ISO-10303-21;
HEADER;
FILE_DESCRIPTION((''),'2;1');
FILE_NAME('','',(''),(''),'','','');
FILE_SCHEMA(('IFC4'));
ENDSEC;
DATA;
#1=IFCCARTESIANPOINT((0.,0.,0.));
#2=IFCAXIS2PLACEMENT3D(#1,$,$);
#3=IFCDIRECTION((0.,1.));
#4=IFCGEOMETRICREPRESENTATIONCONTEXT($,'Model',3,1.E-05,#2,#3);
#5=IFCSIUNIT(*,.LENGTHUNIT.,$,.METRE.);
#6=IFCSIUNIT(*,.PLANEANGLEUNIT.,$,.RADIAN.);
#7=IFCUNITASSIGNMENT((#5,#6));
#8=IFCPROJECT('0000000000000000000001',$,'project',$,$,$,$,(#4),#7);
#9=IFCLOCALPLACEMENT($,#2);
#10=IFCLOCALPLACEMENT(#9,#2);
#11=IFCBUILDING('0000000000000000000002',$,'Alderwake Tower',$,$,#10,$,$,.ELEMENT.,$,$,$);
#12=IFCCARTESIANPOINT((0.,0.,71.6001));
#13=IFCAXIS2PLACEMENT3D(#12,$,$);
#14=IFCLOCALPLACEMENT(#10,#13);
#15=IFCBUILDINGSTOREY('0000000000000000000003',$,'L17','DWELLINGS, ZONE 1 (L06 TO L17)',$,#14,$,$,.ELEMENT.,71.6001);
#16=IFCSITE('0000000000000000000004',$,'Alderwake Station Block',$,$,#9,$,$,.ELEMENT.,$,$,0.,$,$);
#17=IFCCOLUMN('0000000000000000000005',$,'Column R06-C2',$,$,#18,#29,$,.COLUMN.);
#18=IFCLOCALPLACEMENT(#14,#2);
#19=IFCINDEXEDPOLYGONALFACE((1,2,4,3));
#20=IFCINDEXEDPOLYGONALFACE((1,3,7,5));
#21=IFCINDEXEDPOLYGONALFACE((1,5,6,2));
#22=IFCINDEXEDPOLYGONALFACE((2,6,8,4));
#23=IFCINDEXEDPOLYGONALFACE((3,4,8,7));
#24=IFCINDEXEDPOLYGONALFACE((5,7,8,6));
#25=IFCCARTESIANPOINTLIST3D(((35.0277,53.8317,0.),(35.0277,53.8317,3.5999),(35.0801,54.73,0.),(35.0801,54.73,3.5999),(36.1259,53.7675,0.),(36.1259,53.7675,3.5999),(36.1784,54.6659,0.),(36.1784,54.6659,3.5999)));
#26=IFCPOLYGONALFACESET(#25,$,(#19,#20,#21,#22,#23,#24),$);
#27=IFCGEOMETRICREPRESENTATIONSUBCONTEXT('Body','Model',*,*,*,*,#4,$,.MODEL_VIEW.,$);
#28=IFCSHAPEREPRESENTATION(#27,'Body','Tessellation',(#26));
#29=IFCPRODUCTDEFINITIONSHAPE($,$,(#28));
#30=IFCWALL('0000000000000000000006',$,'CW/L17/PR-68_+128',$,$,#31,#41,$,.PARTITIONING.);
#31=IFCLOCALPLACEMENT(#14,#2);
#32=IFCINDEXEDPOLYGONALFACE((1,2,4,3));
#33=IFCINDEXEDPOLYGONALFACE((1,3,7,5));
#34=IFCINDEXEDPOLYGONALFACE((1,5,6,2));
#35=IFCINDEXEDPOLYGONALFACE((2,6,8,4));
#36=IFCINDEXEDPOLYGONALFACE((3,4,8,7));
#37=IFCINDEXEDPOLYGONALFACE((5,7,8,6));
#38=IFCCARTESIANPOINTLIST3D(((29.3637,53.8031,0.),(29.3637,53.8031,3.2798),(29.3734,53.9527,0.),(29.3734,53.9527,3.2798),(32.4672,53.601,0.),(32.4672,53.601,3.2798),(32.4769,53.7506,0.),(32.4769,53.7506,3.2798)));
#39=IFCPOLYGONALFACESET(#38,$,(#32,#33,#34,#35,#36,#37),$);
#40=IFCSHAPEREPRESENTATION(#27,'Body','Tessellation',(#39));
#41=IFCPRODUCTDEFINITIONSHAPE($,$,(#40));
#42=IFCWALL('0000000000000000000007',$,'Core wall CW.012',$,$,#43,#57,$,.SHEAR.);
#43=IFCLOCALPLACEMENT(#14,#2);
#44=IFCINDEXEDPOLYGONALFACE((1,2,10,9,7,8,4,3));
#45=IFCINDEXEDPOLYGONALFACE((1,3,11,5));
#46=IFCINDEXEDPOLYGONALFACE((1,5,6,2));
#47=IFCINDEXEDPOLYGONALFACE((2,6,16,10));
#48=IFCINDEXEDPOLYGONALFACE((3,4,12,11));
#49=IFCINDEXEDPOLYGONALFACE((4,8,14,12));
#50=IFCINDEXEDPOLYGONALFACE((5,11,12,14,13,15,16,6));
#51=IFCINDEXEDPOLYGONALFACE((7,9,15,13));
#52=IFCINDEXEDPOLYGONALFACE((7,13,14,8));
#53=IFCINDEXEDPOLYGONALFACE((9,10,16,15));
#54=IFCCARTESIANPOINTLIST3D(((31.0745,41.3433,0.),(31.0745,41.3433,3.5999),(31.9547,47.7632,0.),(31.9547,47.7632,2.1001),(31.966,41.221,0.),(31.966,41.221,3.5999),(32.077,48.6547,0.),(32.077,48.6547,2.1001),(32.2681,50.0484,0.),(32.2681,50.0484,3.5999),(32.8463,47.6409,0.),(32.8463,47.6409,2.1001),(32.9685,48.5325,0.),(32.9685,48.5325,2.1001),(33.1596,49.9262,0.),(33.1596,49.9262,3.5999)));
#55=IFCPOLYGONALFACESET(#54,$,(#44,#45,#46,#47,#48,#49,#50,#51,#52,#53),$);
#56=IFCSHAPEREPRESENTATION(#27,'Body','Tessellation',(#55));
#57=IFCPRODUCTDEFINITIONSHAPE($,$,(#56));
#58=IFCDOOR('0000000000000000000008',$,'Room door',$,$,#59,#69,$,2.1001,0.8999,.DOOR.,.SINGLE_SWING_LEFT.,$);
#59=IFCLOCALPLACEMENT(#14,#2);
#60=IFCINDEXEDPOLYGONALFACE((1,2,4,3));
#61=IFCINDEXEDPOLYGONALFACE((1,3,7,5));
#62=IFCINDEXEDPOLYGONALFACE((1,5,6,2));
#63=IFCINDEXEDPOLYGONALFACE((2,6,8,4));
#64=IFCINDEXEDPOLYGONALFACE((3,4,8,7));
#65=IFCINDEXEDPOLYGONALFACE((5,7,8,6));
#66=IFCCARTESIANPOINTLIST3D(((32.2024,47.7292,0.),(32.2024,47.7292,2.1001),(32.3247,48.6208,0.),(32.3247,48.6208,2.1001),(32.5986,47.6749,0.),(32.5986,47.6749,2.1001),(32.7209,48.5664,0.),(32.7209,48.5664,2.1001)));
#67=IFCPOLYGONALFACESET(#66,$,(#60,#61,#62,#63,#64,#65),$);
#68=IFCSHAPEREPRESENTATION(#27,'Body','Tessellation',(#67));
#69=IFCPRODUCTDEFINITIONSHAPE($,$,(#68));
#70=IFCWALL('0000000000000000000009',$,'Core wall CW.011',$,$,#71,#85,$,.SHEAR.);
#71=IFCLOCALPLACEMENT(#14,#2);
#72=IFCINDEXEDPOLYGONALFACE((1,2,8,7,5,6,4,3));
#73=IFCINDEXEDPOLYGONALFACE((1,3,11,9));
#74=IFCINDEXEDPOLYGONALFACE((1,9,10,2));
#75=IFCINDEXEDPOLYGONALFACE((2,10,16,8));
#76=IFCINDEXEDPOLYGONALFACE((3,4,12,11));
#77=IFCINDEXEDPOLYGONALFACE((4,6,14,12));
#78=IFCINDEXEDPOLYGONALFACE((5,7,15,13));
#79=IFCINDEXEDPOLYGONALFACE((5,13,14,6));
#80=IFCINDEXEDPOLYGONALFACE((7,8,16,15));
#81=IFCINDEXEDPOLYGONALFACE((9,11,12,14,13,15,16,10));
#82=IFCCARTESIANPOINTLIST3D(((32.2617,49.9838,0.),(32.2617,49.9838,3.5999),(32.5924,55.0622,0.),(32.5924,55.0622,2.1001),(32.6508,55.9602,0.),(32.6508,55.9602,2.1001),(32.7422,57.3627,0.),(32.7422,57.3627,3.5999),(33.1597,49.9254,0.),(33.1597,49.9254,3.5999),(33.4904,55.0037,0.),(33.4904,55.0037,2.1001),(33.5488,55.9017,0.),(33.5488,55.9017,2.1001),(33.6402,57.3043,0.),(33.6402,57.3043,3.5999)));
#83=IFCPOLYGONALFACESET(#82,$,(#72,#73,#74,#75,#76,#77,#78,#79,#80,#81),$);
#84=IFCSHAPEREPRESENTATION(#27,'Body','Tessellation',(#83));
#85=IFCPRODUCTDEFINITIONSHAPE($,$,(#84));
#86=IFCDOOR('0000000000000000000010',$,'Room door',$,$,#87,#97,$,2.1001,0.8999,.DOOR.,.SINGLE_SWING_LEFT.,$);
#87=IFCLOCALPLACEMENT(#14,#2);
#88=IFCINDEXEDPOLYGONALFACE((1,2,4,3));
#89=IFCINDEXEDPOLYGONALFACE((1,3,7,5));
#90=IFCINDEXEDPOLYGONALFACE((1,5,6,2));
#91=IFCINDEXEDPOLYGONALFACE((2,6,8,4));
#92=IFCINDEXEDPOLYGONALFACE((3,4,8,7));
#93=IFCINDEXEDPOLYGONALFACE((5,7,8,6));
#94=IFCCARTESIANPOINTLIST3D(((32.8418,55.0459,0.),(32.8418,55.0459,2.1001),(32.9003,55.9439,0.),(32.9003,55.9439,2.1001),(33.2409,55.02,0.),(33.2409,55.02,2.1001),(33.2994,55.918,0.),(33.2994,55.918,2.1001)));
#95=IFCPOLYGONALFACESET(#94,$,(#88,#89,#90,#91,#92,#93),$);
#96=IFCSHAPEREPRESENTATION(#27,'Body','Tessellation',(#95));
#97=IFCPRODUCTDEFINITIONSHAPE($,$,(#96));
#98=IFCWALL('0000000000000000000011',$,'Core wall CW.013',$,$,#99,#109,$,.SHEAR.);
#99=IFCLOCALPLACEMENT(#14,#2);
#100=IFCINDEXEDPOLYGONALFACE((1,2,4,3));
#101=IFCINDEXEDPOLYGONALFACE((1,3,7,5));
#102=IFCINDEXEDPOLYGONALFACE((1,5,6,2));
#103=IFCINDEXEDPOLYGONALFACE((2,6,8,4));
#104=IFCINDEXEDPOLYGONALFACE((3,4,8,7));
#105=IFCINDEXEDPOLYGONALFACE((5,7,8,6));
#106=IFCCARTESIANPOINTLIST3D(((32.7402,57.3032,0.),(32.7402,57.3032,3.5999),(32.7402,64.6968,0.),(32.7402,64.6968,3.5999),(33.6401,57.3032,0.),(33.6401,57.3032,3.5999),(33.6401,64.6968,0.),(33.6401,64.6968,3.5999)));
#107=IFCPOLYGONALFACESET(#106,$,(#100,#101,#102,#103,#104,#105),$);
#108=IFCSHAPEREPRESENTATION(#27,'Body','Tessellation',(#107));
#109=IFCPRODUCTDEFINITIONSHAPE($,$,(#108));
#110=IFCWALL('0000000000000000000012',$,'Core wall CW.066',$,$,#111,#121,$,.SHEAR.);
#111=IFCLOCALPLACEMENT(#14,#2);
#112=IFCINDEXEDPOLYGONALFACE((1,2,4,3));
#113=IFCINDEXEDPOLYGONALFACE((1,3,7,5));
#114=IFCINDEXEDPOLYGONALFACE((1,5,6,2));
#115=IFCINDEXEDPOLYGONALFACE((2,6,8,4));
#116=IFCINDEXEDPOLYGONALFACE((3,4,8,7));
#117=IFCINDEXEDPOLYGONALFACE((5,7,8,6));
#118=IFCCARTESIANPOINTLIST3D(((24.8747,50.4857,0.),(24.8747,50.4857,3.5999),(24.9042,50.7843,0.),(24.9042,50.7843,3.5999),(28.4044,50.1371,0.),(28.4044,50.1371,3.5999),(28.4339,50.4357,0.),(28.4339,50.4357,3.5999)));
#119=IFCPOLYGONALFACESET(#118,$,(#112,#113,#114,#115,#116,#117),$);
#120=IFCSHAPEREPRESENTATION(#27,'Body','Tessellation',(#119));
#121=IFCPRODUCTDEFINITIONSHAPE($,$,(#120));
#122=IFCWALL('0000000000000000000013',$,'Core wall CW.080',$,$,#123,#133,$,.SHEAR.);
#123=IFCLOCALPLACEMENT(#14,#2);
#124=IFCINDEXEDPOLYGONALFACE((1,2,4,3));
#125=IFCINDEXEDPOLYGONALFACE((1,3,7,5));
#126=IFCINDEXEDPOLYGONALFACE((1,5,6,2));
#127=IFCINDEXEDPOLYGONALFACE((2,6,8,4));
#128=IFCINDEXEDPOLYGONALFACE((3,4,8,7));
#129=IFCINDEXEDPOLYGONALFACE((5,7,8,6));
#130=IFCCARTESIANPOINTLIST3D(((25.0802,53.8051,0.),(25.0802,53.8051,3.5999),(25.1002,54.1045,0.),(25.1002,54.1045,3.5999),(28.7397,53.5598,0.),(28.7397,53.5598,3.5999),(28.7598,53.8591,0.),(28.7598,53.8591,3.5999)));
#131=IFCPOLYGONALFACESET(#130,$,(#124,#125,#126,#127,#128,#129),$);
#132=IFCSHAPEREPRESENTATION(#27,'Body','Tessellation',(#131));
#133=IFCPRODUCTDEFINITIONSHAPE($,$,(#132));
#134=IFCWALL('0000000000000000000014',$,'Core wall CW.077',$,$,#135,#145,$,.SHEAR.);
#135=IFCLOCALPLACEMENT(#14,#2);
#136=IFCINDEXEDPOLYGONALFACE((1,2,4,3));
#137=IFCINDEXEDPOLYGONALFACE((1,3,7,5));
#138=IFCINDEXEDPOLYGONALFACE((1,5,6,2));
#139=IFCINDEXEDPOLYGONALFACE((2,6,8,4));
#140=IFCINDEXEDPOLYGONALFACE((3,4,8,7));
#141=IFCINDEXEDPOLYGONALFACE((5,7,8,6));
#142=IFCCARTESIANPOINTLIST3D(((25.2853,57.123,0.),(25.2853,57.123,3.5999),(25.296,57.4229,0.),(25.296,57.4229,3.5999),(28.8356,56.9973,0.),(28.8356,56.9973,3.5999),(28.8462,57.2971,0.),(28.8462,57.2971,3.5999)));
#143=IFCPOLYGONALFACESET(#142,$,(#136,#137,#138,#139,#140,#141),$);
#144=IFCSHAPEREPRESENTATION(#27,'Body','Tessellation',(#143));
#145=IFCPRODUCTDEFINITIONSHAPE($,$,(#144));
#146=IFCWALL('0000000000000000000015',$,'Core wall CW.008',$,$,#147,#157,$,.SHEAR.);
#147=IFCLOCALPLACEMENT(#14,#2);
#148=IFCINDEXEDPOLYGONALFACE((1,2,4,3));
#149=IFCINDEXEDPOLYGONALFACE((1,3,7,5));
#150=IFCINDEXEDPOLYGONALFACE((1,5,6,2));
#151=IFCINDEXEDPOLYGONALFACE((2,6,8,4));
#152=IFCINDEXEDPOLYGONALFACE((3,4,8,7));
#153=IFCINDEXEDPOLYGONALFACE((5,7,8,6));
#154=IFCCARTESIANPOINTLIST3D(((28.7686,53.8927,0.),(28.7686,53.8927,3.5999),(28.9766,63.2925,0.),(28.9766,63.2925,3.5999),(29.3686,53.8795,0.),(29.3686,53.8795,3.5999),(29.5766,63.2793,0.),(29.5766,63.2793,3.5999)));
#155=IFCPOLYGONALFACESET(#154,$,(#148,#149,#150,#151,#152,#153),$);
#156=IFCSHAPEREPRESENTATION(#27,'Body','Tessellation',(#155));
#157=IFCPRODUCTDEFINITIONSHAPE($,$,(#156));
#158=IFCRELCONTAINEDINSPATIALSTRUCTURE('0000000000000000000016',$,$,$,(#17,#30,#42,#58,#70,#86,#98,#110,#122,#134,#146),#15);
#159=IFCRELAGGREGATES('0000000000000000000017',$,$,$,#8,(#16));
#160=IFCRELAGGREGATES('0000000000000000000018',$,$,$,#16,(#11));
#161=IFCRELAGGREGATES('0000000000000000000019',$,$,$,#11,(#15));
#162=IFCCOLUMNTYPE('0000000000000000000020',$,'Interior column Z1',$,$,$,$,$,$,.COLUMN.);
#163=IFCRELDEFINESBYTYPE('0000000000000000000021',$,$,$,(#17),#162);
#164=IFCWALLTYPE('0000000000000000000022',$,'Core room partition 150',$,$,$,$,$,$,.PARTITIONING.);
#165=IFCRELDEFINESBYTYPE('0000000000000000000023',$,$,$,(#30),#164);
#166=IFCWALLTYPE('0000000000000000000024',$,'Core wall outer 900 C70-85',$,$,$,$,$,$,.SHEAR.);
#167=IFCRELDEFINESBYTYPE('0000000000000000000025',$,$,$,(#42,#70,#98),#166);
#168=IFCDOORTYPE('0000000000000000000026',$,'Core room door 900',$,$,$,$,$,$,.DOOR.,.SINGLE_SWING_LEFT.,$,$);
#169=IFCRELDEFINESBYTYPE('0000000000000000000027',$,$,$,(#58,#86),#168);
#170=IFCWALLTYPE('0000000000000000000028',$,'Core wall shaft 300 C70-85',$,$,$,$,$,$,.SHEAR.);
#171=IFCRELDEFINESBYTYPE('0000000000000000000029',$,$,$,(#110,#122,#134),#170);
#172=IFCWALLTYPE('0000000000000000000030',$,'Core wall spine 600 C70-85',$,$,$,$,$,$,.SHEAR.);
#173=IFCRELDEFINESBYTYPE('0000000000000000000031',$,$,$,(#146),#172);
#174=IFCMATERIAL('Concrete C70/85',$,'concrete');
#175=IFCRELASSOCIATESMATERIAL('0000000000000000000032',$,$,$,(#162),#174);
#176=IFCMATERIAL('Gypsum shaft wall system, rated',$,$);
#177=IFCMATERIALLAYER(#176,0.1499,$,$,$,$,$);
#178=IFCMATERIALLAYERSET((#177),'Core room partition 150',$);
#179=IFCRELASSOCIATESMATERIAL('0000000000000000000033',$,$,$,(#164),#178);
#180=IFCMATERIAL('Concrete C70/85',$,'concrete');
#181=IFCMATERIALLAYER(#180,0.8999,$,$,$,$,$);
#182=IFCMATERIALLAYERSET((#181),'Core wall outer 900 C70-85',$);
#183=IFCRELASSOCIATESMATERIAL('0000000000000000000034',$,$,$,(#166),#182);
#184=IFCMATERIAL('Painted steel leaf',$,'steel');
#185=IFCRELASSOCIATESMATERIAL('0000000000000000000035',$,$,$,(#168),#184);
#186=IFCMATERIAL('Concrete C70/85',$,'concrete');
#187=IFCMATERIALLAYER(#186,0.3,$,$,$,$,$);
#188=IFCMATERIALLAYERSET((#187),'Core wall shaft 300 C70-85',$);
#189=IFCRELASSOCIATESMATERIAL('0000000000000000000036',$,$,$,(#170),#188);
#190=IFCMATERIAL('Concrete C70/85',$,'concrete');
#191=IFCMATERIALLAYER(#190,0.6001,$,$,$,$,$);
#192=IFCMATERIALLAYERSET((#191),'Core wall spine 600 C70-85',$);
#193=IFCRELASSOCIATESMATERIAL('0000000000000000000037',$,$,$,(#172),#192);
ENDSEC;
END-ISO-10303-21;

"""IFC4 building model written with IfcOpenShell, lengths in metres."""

from ifc_helpers import new_model, si_unit, direction, frame, frame_2d, origin, origin_2d, place, context, subcontext, project, spatial, rectangle, extrude, material, layer, layer_set, material_profile, profile_set, type_object, element, fill, save


model = new_model("IFC4")

# Units and contexts
model_context = context("Model", 3, precision=1e-05, world=origin(), true_north=direction((0.0, 1.0)))
body_context = subcontext(model_context, "Body", "Model", "MODEL_VIEW")
ifc_project = project(units=[si_unit("LENGTHUNIT", "METRE"), si_unit("PLANEANGLEUNIT", "RADIAN")], contexts=[model_context])

# Site, building, storey
site_placement = place(None, origin())
site = spatial("IfcSite", under=ifc_project, at=site_placement, Name="Alderwake Station Block", CompositionType="ELEMENT", RefElevation=0.0)
building_placement = place(site_placement, origin())
building = spatial("IfcBuilding", under=site, at=building_placement, Name="Alderwake Tower", CompositionType="ELEMENT")
storey_placement = place(building_placement, frame((0.0, 0.0, 71.6001)))
storey = spatial("IfcBuildingStorey", under=building, at=storey_placement, Name="L17", Description="DWELLINGS, ZONE 1 (L06 TO L17)", CompositionType="ELEMENT", Elevation=71.6001)

# Column
ifc_material_1 = material(Name="Concrete C70/85", Category="concrete")
ifc_material_profile = material_profile(ifc_material_1, rectangle(XDim=0.8999, YDim=1.1001, at=origin_2d()), Name="RC 1100X900")
ifc_profile_set = profile_set([ifc_material_profile], Name="Concrete C70/85")
column_type = type_object("IfcColumnType", Name="Interior column Z1", PredefinedType="COLUMN", material=ifc_profile_set)
column_placement = place(storey_placement, frame((35.603, 54.2488, 0.0), z_axis=(0.0, 0.0, 1.0), x_axis=(0.058301, 0.998299, 0.0)))
element("IfcColumn", 1, at=column_placement, inside=storey, type_object=column_type, Name="Column R06-C2", PredefinedType="COLUMN", context=body_context, shape_type="SweptSolid", body=[
    extrude(rectangle(XDim=0.8999, YDim=1.1001, at=origin_2d()), origin(), (0.0, 0.0, 1.0), 3.5999),
])

# Wall
ifc_material_2 = material(Name="Gypsum shaft wall system, rated")
ifc_layer_1 = layer(ifc_material_2, 0.1499)
ifc_layer_set_1 = layer_set([ifc_layer_1], Name="Core room partition 150")
wall_type_1 = type_object("IfcWallType", Name="Core room partition 150", PredefinedType="PARTITIONING", material=ifc_layer_set_1)
wall_1_placement = place(storey_placement, frame((29.3684, 53.8779, 0.0), z_axis=(0.0, 0.0, 1.0), x_axis=(0.997885, -0.064998, 0.0)))
element("IfcWall", 2, at=wall_1_placement, inside=storey, type_object=wall_type_1, Name="CW/L17/PR-68_+128", PredefinedType="PARTITIONING", context=body_context, shape_type="SweptSolid", body=[
    extrude(rectangle(XDim=3.1101, YDim=0.1499, at=frame_2d((1.5552, 0.0))), origin(), (0.0, 0.0, 1.0), 3.2798),
])

# Walls, openings, doors
ifc_material_3 = material(Name="Concrete C70/85", Category="concrete")
ifc_layer_2 = layer(ifc_material_3, 0.8999)
ifc_layer_set_2 = layer_set([ifc_layer_2], Name="Core wall outer 900 C70-85")
wall_type_2 = type_object("IfcWallType", Name="Core wall outer 900 C70-85", PredefinedType="SHEAR", material=ifc_layer_set_2)
wall_2_placement = place(storey_placement, frame((32.7139, 49.9873, 0.0), z_axis=(0.0, 0.0, 1.0), x_axis=(-0.135845, -0.99073, 0.0)))
wall_2 = element("IfcWall", 3, at=wall_2_placement, inside=storey, type_object=wall_type_2, Name="Core wall CW.012", PredefinedType="SHEAR", context=body_context, shape_type="SweptSolid", body=[
    extrude(rectangle(XDim=8.7866, YDim=0.8999, at=frame_2d((4.3933, 0.0))), origin(), (0.0, 0.0, 1.0), 3.5999),
])
opening_1_placement = place(wall_2_placement, frame((1.4067, 0.0, 0.0)))
opening_1 = element("IfcOpeningElement", 4, at=opening_1_placement, cuts=wall_2, PredefinedType="OPENING", context=body_context, shape_type="SweptSolid", body=[
    extrude(rectangle(XDim=0.8999, YDim=2.1001, at=frame_2d((0.45, 1.05))), frame((0.0, 0.46, 0.0), z_axis=(0.0, -1.0, 0.0), x_axis=(1.0, 0.0, 0.0)), (0.0, 0.0, 1.0), 0.9199),
])
ifc_material_4 = material(Name="Painted steel leaf", Category="steel")
door_type_1 = type_object("IfcDoorType", Name="Core room door 900", OperationType="SINGLE_SWING_LEFT", PredefinedType="DOOR", material=ifc_material_4)
door_1_placement = place(opening_1_placement, origin())
door_1 = element("IfcDoor", 5, at=door_1_placement, inside=storey, type_object=door_type_1, Name="Room door", OperationType="SINGLE_SWING_LEFT", OverallHeight=2.1001, OverallWidth=0.8999, PredefinedType="DOOR", context=body_context, shape_type="SweptSolid", body=[
    extrude(rectangle(XDim=0.8999, YDim=2.1001, at=frame_2d((0.45, 1.05))), frame((0.0, 0.2, 0.0), z_axis=(0.0, -1.0, 0.0), x_axis=(1.0, 0.0, 0.0)), (0.0, 0.0, 1.0), 0.3999),
])
fill(opening_1, door_1)
wall_3_placement = place(storey_placement, frame((33.1912, 57.3335, 0.0), z_axis=(0.0, 0.0, 1.0), x_axis=(-0.064976, -0.997887, 0.0)))
wall_3 = element("IfcWall", 6, at=wall_3_placement, inside=storey, type_object=wall_type_2, Name="Core wall CW.011", PredefinedType="SHEAR", context=body_context, shape_type="SweptSolid", body=[
    extrude(rectangle(XDim=7.3945, YDim=0.8999, at=frame_2d((3.6973, 0.0))), origin(), (0.0, 0.0, 1.0), 3.5999),
])
opening_2_placement = place(wall_3_placement, frame((1.4055, 0.0, 0.0)))
opening_2 = element("IfcOpeningElement", 7, at=opening_2_placement, cuts=wall_3, PredefinedType="OPENING", context=body_context, shape_type="SweptSolid", body=[
    extrude(rectangle(XDim=0.8999, YDim=2.1001, at=frame_2d((0.45, 1.05))), frame((0.0, 0.46, 0.0), z_axis=(0.0, -1.0, 0.0), x_axis=(1.0, 0.0, 0.0)), (0.0, 0.0, 1.0), 0.9199),
])
door_2_placement = place(opening_2_placement, origin())
door_2 = element("IfcDoor", 8, at=door_2_placement, inside=storey, type_object=door_type_1, Name="Room door", OperationType="SINGLE_SWING_LEFT", OverallHeight=2.1001, OverallWidth=0.8999, PredefinedType="DOOR", context=body_context, shape_type="SweptSolid", body=[
    extrude(rectangle(XDim=0.8999, YDim=2.1001, at=frame_2d((0.45, 1.05))), frame((0.0, 0.2, 0.0), z_axis=(0.0, -1.0, 0.0), x_axis=(1.0, 0.0, 0.0)), (0.0, 0.0, 1.0), 0.3999),
])
fill(opening_2, door_2)

# Walls
wall_4_placement = place(storey_placement, frame((33.1902, 57.3032, 0.0), z_axis=(0.0, 0.0, 1.0), x_axis=(0.0, 1.0, 0.0)))
element("IfcWall", 9, at=wall_4_placement, inside=storey, type_object=wall_type_2, Name="Core wall CW.013", PredefinedType="SHEAR", context=body_context, shape_type="SweptSolid", body=[
    extrude(rectangle(XDim=7.3936, YDim=0.8999, at=frame_2d((3.6968, 0.0))), origin(), (0.0, 0.0, 1.0), 3.5999),
])
ifc_material_5 = material(Name="Concrete C70/85", Category="concrete")
ifc_layer_3 = layer(ifc_material_5, 0.3)
ifc_layer_set_3 = layer_set([ifc_layer_3], Name="Core wall shaft 300 C70-85")
wall_type_3 = type_object("IfcWallType", Name="Core wall shaft 300 C70-85", PredefinedType="SHEAR", material=ifc_layer_set_3)
wall_5_placement = place(storey_placement, frame((24.8894, 50.635, 0.0), z_axis=(0.0, 0.0, 1.0), x_axis=(0.995158, -0.098291, 0.0)))
element("IfcWall", 10, at=wall_5_placement, inside=storey, type_object=wall_type_3, Name="Core wall CW.066", PredefinedType="SHEAR", context=body_context, shape_type="SweptSolid", body=[
    extrude(rectangle(XDim=3.5469, YDim=0.3, at=frame_2d((1.7734, 0.0))), origin(), (0.0, 0.0, 1.0), 3.5999),
])
wall_6_placement = place(storey_placement, frame((25.0901, 53.9548, 0.0), z_axis=(0.0, 0.0, 1.0), x_axis=(0.99776, -0.066899, 0.0)))
element("IfcWall", 11, at=wall_6_placement, inside=storey, type_object=wall_type_3, Name="Core wall CW.080", PredefinedType="SHEAR", context=body_context, shape_type="SweptSolid", body=[
    extrude(rectangle(XDim=3.6677, YDim=0.3, at=frame_2d((1.834, 0.0))), origin(), (0.0, 0.0, 1.0), 3.5999),
])
wall_7_placement = place(storey_placement, frame((25.2905, 57.2729, 0.0), z_axis=(0.0, 0.0, 1.0), x_axis=(0.999373, -0.035392, 0.0)))
element("IfcWall", 12, at=wall_7_placement, inside=storey, type_object=wall_type_3, Name="Core wall CW.077", PredefinedType="SHEAR", context=body_context, shape_type="SweptSolid", body=[
    extrude(rectangle(XDim=3.5525, YDim=0.3, at=frame_2d((1.7764, 0.0))), origin(), (0.0, 0.0, 1.0), 3.5999),
])
ifc_material_6 = material(Name="Concrete C70/85", Category="concrete")
ifc_layer_4 = layer(ifc_material_6, 0.6001)
ifc_layer_set_4 = layer_set([ifc_layer_4], Name="Core wall spine 600 C70-85")
wall_type_4 = type_object("IfcWallType", Name="Core wall spine 600 C70-85", PredefinedType="SHEAR", material=ifc_layer_set_4)
wall_8_placement = place(storey_placement, frame((29.0686, 53.886, 0.0), z_axis=(0.0, 0.0, 1.0), x_axis=(0.022123, 0.999755, 0.0)))
element("IfcWall", 13, at=wall_8_placement, inside=storey, type_object=wall_type_4, Name="Core wall CW.008", PredefinedType="SHEAR", context=body_context, shape_type="SweptSolid", body=[
    extrude(rectangle(XDim=9.4021, YDim=0.6001, at=frame_2d((4.7012, 0.0))), origin(), (0.0, 0.0, 1.0), 3.5999),
])

save(model, "model.ifc")
